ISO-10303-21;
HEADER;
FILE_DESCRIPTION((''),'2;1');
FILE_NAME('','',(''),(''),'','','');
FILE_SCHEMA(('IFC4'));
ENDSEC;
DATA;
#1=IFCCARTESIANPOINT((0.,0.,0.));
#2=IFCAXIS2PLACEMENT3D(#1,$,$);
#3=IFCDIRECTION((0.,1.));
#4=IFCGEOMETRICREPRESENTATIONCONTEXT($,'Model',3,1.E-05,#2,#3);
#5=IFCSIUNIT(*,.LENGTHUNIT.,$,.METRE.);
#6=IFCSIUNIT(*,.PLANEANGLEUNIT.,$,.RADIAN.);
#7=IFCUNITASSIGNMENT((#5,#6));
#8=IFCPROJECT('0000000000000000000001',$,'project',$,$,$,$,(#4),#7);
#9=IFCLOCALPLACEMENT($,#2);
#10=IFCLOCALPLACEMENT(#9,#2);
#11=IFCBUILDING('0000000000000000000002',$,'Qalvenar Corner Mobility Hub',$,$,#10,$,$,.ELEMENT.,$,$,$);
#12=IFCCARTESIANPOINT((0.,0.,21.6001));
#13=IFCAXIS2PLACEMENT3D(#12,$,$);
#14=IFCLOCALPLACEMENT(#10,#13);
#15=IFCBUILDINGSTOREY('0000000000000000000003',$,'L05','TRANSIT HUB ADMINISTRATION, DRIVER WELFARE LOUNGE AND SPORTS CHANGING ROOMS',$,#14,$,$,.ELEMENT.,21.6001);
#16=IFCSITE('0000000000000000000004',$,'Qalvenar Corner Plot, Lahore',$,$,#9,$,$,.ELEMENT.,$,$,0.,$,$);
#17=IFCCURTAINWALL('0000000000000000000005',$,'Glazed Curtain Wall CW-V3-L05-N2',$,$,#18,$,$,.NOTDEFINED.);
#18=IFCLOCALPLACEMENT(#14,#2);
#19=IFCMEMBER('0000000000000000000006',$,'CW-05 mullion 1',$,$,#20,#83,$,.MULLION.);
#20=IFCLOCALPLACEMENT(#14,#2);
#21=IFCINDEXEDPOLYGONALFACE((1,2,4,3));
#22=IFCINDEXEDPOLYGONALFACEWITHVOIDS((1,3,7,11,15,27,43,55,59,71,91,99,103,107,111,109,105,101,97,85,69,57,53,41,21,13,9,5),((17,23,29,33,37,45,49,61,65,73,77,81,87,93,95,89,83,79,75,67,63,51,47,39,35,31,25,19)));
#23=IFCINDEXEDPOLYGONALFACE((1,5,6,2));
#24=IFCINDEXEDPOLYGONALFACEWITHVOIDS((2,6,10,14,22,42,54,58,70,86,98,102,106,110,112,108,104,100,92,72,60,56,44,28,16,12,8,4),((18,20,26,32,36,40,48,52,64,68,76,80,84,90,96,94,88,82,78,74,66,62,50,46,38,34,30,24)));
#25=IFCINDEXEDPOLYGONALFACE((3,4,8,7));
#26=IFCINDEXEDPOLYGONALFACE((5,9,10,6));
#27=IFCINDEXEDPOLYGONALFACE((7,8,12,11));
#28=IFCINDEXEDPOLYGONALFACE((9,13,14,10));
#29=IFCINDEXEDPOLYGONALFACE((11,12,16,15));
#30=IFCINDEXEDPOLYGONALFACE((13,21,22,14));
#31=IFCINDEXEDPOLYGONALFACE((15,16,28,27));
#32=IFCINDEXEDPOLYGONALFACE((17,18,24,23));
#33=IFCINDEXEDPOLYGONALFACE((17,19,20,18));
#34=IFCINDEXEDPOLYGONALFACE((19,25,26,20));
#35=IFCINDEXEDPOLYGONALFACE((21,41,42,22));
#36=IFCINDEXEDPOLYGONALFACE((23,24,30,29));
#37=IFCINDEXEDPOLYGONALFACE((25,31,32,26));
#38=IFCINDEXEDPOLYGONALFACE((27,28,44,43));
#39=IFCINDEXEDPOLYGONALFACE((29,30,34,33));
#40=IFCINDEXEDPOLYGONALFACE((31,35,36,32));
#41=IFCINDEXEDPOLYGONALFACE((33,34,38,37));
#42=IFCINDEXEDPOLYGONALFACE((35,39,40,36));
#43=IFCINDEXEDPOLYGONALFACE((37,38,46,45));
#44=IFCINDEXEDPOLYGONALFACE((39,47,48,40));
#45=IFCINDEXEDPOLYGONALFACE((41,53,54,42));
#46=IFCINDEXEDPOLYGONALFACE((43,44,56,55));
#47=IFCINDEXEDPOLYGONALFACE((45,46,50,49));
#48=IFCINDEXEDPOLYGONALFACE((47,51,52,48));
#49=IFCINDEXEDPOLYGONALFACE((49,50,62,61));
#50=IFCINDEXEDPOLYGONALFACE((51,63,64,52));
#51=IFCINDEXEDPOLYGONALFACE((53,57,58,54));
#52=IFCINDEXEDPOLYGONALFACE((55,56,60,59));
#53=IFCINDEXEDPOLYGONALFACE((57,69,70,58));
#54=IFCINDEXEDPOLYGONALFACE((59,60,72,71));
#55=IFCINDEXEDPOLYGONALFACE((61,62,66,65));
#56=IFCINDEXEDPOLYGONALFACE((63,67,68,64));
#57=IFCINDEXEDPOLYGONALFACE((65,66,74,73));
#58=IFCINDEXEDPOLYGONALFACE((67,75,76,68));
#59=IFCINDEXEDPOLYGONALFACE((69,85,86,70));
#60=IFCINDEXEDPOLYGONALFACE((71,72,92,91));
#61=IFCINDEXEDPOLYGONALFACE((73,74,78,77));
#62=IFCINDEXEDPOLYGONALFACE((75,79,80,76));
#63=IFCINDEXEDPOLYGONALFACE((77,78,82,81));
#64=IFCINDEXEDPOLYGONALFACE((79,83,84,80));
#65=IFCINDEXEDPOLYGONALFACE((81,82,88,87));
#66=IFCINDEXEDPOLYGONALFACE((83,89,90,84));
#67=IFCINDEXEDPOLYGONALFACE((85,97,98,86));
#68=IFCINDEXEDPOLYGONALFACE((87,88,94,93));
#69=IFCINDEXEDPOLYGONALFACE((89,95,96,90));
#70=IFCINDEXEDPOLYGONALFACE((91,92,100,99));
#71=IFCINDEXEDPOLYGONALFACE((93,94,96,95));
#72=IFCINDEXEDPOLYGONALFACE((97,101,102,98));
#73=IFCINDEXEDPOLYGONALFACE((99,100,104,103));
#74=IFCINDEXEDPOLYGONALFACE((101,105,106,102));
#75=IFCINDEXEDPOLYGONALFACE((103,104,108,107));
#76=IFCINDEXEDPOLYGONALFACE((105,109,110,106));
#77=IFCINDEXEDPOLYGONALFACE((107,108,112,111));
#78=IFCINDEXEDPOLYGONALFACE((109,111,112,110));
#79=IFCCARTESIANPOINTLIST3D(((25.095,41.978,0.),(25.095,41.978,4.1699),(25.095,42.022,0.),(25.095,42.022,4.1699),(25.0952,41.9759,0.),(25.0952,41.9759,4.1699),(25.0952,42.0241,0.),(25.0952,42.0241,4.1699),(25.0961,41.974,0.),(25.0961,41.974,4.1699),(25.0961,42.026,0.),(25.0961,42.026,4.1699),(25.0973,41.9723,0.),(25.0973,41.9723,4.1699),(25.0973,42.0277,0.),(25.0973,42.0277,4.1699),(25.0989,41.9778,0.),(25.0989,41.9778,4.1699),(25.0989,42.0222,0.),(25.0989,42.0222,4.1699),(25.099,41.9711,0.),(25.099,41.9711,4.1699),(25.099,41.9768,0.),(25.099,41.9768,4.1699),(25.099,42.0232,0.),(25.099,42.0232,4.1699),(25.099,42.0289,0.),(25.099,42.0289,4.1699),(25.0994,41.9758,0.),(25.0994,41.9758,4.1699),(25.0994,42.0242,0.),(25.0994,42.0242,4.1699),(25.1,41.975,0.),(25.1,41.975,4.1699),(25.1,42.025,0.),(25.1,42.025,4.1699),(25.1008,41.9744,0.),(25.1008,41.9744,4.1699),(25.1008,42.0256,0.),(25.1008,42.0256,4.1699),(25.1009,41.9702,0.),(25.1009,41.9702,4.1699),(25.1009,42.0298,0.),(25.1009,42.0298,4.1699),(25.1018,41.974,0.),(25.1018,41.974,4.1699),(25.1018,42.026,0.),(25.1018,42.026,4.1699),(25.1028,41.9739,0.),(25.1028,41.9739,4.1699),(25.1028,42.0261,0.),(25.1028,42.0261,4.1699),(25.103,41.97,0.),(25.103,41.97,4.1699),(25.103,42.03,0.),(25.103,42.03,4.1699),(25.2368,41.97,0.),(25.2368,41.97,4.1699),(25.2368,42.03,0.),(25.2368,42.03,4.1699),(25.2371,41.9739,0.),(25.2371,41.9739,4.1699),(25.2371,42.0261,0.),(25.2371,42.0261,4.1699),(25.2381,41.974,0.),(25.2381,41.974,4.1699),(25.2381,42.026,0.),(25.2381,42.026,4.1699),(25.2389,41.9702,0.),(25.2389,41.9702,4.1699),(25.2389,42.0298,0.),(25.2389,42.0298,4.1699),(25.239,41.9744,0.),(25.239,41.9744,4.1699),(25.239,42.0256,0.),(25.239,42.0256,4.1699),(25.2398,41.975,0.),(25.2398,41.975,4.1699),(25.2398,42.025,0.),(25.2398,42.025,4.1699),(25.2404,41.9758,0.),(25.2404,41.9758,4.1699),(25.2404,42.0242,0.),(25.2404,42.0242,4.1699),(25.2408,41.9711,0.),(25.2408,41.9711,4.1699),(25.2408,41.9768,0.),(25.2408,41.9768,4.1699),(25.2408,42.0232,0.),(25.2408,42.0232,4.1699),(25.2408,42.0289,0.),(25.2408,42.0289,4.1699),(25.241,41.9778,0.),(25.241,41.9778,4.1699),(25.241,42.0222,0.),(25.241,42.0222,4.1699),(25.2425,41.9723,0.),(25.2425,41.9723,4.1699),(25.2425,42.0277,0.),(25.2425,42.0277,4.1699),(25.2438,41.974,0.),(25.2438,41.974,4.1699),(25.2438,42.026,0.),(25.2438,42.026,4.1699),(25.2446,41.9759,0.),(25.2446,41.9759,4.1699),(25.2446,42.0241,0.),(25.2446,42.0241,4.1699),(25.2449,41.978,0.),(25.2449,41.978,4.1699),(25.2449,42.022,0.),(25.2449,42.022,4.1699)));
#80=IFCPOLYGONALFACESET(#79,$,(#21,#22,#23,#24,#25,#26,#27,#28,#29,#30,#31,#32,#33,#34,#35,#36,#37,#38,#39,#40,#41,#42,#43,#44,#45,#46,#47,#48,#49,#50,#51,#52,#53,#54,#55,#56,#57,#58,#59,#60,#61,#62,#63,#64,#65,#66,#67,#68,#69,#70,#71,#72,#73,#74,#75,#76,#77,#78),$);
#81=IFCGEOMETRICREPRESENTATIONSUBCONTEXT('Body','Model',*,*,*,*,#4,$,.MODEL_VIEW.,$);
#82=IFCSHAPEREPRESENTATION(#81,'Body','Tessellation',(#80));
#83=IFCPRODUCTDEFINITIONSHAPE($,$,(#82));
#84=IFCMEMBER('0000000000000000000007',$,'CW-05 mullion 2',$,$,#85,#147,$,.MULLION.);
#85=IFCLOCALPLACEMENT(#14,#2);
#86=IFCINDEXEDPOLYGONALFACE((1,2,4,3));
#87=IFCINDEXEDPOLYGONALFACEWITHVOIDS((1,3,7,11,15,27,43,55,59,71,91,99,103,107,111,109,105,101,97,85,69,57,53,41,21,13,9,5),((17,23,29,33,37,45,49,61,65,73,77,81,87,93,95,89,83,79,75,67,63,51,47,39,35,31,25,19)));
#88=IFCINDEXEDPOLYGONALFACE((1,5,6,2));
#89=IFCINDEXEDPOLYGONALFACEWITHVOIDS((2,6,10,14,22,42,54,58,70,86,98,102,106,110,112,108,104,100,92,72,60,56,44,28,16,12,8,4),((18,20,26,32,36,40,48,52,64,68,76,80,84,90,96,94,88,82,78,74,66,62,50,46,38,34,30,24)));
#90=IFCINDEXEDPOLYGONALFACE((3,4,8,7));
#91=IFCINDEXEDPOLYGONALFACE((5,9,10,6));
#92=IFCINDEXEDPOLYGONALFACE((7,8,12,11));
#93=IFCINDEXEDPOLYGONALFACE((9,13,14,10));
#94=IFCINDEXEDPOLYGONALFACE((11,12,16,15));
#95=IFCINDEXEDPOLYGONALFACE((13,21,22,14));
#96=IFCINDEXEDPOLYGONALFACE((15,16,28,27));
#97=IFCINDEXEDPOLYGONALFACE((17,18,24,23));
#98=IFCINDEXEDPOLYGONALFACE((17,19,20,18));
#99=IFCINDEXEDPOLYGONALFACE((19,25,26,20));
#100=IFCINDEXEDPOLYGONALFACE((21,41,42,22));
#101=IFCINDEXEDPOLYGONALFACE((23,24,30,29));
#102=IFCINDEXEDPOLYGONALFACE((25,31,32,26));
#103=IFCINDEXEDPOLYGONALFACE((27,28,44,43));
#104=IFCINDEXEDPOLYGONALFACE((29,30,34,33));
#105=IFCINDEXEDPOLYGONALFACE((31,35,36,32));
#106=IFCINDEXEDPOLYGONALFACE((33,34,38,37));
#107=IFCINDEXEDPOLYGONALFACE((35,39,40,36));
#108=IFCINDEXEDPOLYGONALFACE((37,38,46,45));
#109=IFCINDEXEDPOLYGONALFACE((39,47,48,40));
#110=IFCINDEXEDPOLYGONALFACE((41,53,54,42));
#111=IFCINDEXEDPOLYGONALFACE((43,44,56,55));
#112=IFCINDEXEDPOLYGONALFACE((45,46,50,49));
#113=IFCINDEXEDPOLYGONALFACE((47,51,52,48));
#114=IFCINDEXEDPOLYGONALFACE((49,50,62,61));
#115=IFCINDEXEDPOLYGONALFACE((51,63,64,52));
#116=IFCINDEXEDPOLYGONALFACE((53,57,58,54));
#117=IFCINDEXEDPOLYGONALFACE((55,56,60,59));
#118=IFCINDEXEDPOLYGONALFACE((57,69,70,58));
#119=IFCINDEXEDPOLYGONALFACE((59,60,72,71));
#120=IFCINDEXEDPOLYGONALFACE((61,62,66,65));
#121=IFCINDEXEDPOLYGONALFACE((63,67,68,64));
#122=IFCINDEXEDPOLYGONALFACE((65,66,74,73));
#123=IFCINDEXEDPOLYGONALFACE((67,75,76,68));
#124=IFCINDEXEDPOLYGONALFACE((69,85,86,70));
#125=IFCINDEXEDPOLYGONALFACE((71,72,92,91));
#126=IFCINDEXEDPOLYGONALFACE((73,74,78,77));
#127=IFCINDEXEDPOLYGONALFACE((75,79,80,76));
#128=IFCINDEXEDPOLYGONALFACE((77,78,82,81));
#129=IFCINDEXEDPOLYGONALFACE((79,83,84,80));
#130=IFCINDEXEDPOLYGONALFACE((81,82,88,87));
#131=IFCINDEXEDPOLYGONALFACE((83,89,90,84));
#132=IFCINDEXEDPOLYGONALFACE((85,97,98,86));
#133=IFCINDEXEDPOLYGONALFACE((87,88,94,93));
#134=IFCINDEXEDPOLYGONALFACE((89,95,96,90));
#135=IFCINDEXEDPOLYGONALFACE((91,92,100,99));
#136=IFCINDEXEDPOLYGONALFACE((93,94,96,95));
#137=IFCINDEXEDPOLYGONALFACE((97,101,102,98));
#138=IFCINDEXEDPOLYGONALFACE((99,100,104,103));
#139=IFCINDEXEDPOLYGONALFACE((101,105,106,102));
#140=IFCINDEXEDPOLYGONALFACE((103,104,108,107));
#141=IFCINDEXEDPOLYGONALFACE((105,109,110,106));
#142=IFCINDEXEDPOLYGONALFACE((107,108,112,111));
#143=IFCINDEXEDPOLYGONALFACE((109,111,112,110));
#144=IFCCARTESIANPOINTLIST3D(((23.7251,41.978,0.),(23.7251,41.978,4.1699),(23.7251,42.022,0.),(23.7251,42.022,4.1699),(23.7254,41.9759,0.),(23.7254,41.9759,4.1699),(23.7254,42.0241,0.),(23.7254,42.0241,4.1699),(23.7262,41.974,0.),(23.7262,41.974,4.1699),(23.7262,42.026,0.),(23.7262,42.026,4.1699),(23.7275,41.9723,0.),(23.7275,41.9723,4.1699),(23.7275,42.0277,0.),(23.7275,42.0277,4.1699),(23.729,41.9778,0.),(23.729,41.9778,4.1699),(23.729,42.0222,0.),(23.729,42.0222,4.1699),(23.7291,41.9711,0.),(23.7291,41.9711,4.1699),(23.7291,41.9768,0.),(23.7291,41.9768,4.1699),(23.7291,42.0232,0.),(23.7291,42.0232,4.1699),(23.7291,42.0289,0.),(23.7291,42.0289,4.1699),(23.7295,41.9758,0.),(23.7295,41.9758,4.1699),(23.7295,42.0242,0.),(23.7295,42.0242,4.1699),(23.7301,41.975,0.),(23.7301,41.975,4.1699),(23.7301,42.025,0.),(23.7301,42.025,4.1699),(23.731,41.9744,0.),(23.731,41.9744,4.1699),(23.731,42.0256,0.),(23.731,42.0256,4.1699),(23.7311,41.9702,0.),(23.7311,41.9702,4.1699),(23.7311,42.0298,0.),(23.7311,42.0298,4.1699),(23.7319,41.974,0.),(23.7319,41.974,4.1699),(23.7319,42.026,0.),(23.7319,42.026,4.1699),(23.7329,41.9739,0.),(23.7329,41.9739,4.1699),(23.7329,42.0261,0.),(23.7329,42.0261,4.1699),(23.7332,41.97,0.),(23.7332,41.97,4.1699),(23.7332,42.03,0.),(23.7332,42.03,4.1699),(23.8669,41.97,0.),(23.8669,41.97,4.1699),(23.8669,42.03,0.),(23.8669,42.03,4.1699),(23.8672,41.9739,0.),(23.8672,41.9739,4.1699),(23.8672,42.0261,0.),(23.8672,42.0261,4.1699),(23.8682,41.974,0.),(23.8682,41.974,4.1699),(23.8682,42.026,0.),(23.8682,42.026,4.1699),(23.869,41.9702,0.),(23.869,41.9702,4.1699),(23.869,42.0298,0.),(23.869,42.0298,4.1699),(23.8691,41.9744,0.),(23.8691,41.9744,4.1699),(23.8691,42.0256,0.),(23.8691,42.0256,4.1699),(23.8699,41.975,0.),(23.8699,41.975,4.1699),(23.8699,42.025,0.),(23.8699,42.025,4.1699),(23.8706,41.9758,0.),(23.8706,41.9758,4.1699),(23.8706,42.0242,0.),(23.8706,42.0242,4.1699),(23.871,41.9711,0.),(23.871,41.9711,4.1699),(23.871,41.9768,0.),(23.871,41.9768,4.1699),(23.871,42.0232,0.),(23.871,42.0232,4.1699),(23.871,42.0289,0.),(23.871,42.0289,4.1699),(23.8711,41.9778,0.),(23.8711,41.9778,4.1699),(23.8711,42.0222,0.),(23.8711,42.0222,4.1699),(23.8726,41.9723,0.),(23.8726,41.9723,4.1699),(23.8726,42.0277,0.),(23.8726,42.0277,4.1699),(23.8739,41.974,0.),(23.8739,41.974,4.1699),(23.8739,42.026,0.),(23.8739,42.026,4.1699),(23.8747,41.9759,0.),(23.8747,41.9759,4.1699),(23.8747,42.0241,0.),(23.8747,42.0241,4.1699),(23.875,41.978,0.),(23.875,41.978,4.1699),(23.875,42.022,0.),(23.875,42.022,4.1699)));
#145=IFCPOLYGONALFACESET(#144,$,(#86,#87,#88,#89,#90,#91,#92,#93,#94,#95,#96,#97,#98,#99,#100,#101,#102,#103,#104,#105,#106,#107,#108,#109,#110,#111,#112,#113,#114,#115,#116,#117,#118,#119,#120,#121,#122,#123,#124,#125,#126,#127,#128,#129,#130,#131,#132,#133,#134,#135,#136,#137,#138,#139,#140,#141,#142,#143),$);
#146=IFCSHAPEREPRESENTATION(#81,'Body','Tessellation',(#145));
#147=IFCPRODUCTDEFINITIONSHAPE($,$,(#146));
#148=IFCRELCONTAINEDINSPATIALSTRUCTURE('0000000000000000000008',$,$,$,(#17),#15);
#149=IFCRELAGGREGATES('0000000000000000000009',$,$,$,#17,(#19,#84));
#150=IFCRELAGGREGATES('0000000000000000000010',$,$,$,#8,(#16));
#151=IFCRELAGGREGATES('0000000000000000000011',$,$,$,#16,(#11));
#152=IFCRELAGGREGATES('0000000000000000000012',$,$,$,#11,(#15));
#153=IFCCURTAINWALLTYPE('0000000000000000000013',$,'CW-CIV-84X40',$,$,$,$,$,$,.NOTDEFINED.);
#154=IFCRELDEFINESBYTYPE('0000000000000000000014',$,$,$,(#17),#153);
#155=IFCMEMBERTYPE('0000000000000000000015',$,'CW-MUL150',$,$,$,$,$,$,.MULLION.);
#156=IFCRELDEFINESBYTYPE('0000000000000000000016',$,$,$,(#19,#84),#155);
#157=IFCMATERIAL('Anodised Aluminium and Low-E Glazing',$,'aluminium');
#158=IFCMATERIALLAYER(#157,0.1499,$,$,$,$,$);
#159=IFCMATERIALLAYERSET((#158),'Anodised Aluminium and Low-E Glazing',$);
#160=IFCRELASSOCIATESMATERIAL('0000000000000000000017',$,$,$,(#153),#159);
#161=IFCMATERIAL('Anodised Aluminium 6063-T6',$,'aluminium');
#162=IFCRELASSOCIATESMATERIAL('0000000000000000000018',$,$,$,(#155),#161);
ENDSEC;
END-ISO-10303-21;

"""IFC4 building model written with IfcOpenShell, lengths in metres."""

from ifc_helpers import new_model, si_unit, direction, frame, origin, origin_2d, place, context, subcontext, project, spatial, hollow_rectangle, extrude, material, layer, layer_set, material_profile, profile_set, type_object, element, aggregate, save


model = new_model("IFC4")

# Units and contexts
model_context = context("Model", 3, precision=1e-05, world=origin(), true_north=direction((0.0, 1.0)))
body_context = subcontext(model_context, "Body", "Model", "MODEL_VIEW")
ifc_project = project(units=[si_unit("LENGTHUNIT", "METRE"), si_unit("PLANEANGLEUNIT", "RADIAN")], contexts=[model_context])

# Site, building, storey
site_placement = place(None, origin())
site = spatial("IfcSite", under=ifc_project, at=site_placement, Name="Qalvenar Corner Plot, Lahore", CompositionType="ELEMENT", RefElevation=0.0)
building_placement = place(site_placement, origin())
building = spatial("IfcBuilding", under=site, at=building_placement, Name="Qalvenar Corner Mobility Hub", CompositionType="ELEMENT")
storey_placement = place(building_placement, frame((0.0, 0.0, 21.6001)))
storey = spatial("IfcBuildingStorey", under=building, at=storey_placement, Name="L05", Description="TRANSIT HUB ADMINISTRATION, DRIVER WELFARE LOUNGE AND SPORTS CHANGING ROOMS", CompositionType="ELEMENT", Elevation=21.6001)

# Curtain wall, members
ifc_material_1 = material(Name="Anodised Aluminium and Low-E Glazing", Category="aluminium")
ifc_layer_1 = layer(ifc_material_1, 0.1499)
ifc_layer_set_1 = layer_set([ifc_layer_1], Name="Anodised Aluminium and Low-E Glazing")
curtain_wall_type = type_object("IfcCurtainWallType", Name="CW-CIV-84X40", PredefinedType="NOTDEFINED", material=ifc_layer_set_1)
curtain_wall_1_placement = place(storey_placement, origin())
curtain_wall_1 = element("IfcCurtainWall", 1, at=curtain_wall_1_placement, inside=storey, type_object=curtain_wall_type, Name="Glazed Curtain Wall CW-V3-L05-N2", PredefinedType="NOTDEFINED")
ifc_material_2 = material(Name="Anodised Aluminium 6063-T6", Category="aluminium")
ifc_material_profile_1 = material_profile(ifc_material_2, hollow_rectangle(XDim=0.0601, YDim=0.1499, WallThickness=0.0039, InnerFilletRadius=0.0039, OuterFilletRadius=0.0081, at=origin_2d()), Name="RHS150x60x4")
ifc_profile_set_1 = profile_set([ifc_material_profile_1], Name="Anodised Aluminium 6063-T6")
member_type_1 = type_object("IfcMemberType", Name="CW-MUL150", PredefinedType="MULLION", material=ifc_profile_set_1)
member_1_placement = place(storey_placement, frame((25.1699, 42.0, 0.0), z_axis=(0.0, 0.0, 1.0), x_axis=(0.0, -1.0, 0.0)))
member_1 = element("IfcMember", 2, at=member_1_placement, type_object=member_type_1, Name="CW-05 mullion 1", PredefinedType="MULLION", context=body_context, shape_type="SweptSolid", body=[
    extrude(hollow_rectangle(XDim=0.0601, YDim=0.1499, WallThickness=0.0039, InnerFilletRadius=0.0039, OuterFilletRadius=0.0081, at=origin_2d()), origin(), (0.0, 0.0, 1.0), 4.1699),
])
member_2_placement = place(storey_placement, frame((23.8, 42.0, 0.0), z_axis=(0.0, 0.0, 1.0), x_axis=(0.0, -1.0, 0.0)))
member_2 = element("IfcMember", 3, at=member_2_placement, type_object=member_type_1, Name="CW-05 mullion 2", PredefinedType="MULLION", context=body_context, shape_type="SweptSolid", body=[
    extrude(hollow_rectangle(XDim=0.0601, YDim=0.1499, WallThickness=0.0039, InnerFilletRadius=0.0039, OuterFilletRadius=0.0081, at=origin_2d()), origin(), (0.0, 0.0, 1.0), 4.1699),
])

aggregate(curtain_wall_1, [member_1, member_2])

save(model, "model.ifc")
